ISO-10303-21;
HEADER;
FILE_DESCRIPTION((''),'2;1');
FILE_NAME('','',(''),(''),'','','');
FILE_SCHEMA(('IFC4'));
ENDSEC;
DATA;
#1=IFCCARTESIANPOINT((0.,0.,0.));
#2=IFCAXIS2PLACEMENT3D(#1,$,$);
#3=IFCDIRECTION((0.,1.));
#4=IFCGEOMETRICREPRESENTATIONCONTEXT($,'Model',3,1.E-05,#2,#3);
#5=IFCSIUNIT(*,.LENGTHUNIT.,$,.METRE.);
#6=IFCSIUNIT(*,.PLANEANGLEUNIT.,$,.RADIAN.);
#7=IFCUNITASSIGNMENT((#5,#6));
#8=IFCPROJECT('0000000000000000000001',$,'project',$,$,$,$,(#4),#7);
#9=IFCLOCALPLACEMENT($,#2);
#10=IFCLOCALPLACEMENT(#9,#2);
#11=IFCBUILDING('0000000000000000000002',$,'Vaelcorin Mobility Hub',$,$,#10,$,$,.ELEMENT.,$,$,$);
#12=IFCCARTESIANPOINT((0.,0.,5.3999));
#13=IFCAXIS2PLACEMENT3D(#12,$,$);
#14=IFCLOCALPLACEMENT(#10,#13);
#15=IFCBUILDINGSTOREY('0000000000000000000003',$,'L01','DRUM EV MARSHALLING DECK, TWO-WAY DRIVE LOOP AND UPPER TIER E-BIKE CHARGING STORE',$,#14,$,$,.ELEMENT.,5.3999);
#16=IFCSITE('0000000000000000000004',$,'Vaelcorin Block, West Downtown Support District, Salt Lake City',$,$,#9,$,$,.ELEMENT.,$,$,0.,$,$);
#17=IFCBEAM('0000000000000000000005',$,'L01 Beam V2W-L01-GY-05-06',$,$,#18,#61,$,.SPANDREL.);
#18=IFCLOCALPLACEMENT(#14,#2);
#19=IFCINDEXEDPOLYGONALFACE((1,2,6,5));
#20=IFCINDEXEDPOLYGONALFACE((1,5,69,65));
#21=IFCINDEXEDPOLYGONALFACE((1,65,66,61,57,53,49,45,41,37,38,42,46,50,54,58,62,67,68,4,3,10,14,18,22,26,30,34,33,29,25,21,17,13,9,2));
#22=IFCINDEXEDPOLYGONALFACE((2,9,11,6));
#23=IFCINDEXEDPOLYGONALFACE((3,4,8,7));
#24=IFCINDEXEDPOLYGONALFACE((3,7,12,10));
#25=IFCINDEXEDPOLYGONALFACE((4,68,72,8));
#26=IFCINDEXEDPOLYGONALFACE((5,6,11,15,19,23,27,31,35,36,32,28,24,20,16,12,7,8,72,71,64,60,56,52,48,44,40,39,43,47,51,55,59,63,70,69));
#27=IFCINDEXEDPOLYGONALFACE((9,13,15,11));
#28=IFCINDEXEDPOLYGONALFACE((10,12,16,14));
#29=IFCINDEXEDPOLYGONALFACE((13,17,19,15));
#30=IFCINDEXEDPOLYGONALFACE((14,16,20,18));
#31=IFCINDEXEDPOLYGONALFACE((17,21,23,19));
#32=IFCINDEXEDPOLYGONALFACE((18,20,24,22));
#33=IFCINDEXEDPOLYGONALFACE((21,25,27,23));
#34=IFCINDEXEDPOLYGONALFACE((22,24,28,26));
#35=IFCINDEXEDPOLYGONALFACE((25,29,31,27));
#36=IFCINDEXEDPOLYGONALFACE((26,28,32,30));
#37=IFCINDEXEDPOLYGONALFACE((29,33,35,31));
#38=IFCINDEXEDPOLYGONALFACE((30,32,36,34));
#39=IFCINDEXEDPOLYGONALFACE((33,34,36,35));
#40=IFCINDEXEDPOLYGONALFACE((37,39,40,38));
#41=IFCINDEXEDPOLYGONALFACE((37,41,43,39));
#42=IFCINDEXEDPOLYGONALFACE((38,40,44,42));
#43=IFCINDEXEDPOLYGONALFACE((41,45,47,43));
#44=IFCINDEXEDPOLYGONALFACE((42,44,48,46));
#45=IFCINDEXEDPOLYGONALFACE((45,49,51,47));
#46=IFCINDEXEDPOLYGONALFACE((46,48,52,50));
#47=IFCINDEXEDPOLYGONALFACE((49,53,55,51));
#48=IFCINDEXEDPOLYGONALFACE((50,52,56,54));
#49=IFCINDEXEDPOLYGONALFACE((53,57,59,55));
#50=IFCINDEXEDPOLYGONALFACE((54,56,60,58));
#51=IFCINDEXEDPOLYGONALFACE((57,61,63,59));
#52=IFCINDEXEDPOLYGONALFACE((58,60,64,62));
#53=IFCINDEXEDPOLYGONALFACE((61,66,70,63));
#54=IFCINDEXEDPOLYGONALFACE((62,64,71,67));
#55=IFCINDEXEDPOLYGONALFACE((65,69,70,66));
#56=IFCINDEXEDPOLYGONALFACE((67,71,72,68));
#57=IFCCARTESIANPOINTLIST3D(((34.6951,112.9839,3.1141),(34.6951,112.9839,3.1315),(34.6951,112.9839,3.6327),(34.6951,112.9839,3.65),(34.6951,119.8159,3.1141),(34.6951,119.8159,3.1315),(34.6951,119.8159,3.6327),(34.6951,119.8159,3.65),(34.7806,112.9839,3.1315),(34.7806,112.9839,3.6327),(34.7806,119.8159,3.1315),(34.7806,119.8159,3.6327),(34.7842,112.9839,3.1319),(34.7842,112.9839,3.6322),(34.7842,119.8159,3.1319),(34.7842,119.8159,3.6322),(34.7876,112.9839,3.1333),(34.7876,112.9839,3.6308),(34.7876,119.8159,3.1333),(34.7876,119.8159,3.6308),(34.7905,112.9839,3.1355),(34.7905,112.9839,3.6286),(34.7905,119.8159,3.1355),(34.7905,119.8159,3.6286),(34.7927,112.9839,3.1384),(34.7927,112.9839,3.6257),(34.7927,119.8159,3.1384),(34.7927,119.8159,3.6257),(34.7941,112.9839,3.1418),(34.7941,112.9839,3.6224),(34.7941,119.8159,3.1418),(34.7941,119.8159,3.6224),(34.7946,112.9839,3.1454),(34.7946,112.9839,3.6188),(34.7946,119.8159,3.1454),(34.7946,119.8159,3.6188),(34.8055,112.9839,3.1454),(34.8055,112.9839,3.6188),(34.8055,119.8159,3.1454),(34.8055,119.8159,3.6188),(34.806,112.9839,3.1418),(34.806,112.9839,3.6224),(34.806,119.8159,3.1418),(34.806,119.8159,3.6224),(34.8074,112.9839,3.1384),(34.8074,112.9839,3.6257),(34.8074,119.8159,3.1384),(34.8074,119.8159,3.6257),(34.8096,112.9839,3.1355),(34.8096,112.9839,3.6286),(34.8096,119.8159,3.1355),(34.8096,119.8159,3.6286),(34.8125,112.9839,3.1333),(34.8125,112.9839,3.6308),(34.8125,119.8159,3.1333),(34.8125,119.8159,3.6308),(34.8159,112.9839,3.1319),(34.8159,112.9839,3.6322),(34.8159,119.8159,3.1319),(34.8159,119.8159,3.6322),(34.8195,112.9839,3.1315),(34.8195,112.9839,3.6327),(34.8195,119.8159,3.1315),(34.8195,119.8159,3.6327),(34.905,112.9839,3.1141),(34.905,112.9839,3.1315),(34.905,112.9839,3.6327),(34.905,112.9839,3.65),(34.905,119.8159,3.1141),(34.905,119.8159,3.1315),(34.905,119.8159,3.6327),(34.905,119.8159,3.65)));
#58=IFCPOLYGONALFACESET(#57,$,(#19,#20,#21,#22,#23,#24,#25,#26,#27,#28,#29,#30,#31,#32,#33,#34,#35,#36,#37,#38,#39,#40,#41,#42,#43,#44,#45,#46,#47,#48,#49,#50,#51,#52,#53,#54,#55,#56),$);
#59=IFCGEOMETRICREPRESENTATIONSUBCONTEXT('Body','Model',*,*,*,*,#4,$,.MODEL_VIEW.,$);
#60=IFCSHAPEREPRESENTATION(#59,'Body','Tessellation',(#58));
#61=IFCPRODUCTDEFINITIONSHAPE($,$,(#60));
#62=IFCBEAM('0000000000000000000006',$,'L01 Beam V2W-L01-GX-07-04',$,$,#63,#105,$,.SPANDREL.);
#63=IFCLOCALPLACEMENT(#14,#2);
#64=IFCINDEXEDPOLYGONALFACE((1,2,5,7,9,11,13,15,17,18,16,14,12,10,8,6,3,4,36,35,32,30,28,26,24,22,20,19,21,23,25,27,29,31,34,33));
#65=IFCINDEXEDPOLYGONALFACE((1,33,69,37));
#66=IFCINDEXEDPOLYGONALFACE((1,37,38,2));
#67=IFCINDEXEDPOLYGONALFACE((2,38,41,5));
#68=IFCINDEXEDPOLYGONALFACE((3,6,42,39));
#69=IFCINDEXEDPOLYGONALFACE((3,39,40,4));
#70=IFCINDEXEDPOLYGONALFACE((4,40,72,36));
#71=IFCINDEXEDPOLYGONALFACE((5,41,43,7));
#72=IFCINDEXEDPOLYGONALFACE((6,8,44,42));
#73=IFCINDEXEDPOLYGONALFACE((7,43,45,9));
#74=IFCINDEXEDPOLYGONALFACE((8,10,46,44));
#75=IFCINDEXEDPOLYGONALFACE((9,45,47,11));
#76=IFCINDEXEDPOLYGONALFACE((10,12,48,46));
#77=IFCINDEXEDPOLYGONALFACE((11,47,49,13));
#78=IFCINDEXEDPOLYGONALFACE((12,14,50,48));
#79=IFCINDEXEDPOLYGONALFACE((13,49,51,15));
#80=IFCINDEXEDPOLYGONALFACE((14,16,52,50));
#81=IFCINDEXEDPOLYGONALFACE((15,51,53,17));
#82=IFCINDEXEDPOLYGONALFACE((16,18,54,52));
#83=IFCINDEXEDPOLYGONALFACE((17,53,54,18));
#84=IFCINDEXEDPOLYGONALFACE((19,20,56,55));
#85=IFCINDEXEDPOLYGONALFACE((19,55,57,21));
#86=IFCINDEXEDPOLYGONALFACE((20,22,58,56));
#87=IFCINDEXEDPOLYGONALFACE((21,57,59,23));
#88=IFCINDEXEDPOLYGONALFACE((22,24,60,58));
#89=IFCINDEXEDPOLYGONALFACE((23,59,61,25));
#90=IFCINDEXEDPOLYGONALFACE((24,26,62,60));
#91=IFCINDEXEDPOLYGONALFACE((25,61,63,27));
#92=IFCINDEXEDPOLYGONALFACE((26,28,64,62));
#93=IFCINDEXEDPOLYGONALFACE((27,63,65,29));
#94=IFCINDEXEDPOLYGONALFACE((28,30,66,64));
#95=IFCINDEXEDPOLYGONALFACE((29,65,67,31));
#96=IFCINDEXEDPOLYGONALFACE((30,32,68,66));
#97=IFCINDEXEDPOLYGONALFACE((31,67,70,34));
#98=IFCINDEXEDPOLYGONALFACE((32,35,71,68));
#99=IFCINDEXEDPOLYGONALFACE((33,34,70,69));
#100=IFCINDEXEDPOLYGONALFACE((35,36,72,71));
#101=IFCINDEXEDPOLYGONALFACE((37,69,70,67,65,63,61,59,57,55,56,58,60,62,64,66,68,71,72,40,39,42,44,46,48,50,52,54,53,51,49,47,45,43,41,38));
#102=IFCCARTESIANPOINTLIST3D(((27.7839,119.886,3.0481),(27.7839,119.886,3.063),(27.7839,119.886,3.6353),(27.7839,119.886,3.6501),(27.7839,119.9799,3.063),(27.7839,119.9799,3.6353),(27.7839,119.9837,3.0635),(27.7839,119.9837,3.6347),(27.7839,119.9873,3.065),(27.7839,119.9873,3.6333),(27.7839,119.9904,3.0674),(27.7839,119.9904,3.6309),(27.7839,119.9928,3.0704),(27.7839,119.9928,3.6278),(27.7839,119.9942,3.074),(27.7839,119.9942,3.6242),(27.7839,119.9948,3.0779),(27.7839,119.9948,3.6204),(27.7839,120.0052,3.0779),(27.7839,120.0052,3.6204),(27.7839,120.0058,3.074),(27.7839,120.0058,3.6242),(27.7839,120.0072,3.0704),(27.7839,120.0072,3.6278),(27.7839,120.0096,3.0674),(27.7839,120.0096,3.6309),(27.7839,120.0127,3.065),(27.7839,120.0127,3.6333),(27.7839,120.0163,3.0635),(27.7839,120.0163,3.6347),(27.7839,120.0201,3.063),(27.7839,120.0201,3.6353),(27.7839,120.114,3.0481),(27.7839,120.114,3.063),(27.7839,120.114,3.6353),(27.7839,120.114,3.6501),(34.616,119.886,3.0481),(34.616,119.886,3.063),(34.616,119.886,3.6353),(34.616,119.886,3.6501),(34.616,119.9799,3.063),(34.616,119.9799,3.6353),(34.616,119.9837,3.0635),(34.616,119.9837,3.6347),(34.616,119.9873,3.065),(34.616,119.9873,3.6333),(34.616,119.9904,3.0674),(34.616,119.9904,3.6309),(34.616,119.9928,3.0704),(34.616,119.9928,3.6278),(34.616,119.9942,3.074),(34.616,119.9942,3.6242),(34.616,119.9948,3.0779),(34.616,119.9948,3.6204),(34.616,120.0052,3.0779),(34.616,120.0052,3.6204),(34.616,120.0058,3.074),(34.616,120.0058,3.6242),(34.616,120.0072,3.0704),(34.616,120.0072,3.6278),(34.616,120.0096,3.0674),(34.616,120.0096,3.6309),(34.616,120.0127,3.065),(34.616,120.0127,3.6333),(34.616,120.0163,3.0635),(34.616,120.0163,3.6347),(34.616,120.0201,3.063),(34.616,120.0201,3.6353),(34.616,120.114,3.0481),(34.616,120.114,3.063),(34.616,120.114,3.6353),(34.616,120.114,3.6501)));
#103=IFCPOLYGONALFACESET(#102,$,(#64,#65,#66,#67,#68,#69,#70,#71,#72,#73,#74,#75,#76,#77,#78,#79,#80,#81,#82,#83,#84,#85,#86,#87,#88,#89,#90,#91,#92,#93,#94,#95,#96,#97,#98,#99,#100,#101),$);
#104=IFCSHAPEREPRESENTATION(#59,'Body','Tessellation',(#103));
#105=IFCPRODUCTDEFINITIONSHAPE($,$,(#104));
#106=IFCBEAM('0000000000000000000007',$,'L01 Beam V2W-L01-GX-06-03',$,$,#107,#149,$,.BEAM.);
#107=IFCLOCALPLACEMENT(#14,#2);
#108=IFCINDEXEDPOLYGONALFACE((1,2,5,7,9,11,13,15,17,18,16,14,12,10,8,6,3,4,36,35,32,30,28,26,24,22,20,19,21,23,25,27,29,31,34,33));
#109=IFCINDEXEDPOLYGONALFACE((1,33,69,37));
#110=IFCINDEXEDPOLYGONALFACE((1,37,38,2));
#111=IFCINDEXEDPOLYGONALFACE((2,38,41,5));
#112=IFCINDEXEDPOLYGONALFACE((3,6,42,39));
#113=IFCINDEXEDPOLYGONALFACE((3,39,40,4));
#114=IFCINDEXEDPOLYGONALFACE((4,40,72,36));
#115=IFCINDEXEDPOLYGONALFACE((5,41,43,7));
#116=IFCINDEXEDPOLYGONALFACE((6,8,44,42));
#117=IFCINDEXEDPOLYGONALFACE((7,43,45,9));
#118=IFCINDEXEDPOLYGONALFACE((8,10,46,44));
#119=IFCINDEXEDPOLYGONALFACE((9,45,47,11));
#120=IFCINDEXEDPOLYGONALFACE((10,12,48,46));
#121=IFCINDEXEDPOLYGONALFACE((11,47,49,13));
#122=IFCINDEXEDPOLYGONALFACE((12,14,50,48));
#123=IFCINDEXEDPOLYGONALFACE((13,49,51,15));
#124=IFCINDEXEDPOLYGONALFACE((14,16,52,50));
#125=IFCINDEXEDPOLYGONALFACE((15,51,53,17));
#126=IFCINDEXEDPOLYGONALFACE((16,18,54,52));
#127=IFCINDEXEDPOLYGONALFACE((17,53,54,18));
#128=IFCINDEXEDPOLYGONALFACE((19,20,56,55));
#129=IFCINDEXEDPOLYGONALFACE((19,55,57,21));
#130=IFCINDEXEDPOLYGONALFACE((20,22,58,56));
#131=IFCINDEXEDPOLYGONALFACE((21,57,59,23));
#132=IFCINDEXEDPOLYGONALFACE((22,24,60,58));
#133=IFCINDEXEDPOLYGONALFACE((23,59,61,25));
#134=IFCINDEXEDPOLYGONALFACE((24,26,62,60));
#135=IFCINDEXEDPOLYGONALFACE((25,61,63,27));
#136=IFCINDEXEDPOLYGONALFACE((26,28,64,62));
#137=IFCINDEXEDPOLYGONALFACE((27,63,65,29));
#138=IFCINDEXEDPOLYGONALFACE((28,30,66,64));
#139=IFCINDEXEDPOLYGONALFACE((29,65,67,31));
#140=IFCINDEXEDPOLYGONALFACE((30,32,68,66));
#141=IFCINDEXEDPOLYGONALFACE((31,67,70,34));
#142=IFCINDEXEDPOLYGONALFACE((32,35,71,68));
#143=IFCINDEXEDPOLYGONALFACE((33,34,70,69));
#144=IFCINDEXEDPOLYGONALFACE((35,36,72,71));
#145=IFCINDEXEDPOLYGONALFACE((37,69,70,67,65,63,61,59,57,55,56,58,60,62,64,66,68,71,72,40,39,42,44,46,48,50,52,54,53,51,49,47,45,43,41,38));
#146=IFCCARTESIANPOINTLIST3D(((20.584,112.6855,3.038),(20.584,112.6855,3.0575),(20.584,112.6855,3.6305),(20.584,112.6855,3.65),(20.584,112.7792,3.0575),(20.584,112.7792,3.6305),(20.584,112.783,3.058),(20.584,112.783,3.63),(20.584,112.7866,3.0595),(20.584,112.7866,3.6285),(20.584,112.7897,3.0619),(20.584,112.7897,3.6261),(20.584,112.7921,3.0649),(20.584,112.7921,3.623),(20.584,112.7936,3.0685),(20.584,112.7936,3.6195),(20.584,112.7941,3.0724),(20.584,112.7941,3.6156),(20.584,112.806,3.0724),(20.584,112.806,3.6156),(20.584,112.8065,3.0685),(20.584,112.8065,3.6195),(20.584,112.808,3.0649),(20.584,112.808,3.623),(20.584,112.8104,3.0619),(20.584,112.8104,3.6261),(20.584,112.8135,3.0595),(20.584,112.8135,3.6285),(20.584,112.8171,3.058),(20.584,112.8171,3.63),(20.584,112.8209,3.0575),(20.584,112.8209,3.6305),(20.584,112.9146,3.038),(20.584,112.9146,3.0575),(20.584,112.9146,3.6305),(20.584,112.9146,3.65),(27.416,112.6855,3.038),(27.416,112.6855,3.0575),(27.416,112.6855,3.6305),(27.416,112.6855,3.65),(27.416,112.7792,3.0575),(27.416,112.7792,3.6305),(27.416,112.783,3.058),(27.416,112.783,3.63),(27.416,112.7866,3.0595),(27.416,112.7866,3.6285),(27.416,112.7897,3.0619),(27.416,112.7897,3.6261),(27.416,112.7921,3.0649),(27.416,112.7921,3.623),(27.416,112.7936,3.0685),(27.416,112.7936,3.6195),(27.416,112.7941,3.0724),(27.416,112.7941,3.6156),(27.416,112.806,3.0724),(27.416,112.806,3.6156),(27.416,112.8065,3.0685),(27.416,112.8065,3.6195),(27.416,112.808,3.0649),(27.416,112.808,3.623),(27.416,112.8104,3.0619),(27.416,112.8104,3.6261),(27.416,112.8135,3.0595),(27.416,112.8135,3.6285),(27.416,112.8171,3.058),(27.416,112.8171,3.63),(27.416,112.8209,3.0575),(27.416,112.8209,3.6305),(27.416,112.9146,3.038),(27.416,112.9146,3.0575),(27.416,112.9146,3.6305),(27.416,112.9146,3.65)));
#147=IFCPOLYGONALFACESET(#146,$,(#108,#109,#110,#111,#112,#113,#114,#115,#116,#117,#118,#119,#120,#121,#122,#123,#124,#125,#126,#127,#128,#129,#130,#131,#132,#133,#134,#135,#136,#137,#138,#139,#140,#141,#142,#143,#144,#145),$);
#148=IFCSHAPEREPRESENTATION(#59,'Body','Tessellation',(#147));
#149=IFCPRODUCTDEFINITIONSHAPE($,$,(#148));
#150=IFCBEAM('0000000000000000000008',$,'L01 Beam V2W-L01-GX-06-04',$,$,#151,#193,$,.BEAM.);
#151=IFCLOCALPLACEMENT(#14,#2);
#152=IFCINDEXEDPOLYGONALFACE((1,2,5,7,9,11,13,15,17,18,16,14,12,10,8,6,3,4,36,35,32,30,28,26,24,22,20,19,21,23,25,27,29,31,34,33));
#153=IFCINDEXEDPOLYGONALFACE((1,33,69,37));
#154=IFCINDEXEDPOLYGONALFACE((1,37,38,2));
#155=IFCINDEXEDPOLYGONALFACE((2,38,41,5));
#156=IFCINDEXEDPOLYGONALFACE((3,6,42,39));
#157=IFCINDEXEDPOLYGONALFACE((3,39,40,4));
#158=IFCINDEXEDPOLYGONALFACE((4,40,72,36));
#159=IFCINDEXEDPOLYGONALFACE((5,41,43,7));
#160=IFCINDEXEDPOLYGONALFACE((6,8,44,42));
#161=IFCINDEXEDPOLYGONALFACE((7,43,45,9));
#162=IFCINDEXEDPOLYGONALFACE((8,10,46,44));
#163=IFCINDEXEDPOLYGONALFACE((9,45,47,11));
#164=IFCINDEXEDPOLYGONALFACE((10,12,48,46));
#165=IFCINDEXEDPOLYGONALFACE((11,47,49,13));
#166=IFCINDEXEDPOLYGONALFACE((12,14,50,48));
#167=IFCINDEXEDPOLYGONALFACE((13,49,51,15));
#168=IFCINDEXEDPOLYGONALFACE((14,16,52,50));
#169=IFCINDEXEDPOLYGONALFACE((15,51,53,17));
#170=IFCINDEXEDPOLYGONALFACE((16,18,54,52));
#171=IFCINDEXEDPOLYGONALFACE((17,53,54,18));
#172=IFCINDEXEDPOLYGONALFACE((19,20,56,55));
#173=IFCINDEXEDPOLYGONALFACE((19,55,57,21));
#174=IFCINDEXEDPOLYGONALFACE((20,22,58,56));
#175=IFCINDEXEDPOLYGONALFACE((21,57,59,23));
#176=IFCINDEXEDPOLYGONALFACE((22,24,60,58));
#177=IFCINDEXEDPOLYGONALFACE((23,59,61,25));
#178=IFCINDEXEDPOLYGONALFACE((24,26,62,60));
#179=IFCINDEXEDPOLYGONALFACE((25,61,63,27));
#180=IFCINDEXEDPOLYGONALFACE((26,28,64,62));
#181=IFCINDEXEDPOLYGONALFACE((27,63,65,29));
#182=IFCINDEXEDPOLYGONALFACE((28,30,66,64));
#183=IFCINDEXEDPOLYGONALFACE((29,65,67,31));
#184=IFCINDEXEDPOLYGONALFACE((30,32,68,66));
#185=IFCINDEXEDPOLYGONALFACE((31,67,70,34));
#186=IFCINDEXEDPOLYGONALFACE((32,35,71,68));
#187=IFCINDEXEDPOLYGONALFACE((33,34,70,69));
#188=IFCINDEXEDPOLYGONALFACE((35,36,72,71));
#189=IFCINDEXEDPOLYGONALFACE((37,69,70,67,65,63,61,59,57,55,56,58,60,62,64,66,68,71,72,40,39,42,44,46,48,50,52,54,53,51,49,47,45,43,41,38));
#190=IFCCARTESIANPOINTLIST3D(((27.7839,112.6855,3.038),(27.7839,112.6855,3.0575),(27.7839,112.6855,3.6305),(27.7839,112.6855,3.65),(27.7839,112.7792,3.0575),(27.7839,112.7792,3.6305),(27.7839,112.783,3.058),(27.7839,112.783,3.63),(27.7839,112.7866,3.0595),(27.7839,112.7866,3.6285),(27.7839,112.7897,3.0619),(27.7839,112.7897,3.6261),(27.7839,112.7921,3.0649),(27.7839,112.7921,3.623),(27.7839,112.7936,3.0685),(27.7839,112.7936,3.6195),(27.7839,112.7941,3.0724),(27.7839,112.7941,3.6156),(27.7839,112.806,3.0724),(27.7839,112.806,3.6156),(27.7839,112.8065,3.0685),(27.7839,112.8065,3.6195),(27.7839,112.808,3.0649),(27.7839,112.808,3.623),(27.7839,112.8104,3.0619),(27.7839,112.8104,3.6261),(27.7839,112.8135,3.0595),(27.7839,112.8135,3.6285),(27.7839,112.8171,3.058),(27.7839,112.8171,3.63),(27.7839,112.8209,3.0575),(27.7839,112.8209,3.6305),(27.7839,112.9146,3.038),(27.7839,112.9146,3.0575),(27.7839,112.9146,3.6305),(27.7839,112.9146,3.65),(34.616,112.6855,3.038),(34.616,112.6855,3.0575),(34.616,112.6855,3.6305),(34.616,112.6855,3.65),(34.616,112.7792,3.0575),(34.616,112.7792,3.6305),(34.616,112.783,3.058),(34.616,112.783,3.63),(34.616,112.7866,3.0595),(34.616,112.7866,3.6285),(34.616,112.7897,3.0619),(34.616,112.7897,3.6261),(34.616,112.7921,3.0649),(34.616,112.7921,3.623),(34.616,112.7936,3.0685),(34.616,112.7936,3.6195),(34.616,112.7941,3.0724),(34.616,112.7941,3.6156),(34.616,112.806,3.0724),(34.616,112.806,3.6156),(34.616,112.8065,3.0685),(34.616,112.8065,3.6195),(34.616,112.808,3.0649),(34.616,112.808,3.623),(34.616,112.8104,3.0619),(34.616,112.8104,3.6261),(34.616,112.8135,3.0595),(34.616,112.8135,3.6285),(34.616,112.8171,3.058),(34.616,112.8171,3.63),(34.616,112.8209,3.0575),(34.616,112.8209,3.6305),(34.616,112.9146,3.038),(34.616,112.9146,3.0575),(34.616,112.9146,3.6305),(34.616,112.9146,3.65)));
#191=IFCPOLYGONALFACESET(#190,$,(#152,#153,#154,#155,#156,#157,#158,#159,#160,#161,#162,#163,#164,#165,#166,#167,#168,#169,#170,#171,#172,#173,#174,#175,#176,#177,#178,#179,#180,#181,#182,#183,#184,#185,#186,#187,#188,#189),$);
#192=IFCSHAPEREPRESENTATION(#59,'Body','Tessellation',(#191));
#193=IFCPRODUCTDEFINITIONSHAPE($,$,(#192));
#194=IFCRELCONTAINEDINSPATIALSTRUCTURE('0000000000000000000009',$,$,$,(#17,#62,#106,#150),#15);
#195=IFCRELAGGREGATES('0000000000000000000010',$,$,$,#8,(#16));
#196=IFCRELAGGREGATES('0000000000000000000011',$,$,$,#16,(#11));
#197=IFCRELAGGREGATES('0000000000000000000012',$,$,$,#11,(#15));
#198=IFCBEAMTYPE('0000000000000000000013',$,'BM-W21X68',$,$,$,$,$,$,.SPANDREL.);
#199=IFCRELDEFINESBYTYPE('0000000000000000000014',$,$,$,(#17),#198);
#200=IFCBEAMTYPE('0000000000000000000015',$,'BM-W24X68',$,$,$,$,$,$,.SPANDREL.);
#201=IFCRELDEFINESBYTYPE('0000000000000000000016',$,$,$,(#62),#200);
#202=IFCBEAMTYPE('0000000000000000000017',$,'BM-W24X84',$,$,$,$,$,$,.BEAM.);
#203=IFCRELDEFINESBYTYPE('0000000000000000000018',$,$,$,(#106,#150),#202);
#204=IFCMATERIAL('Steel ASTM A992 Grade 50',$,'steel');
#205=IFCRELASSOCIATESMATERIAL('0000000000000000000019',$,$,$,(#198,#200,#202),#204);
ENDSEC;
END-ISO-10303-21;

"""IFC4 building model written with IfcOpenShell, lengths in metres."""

from ifc_helpers import new_model, si_unit, direction, frame, origin, origin_2d, place, context, subcontext, project, spatial, i_section, extrude, material, material_profile, profile_set, type_object, element, save


model = new_model("IFC4")

# Units and contexts
model_context = context("Model", 3, precision=1e-05, world=origin(), true_north=direction((0.0, 1.0)))
body_context = subcontext(model_context, "Body", "Model", "MODEL_VIEW")
ifc_project = project(units=[si_unit("LENGTHUNIT", "METRE"), si_unit("PLANEANGLEUNIT", "RADIAN")], contexts=[model_context])

# Site, building, storey
site_placement = place(None, origin())
site = spatial("IfcSite", under=ifc_project, at=site_placement, Name="Vaelcorin Block, West Downtown Support District, Salt Lake City", CompositionType="ELEMENT", RefElevation=0.0)
building_placement = place(site_placement, origin())
building = spatial("IfcBuilding", under=site, at=building_placement, Name="Vaelcorin Mobility Hub", CompositionType="ELEMENT")
storey_placement = place(building_placement, frame((0.0, 0.0, 5.3999)))
storey = spatial("IfcBuildingStorey", under=building, at=storey_placement, Name="L01", Description="DRUM EV MARSHALLING DECK, TWO-WAY DRIVE LOOP AND UPPER TIER E-BIKE CHARGING STORE", CompositionType="ELEMENT", Elevation=5.3999)

# Shared definitions
ifc_material_1 = material(Name="Steel ASTM A992 Grade 50", Category="steel")

# Beams
ifc_material_profile_1 = material_profile(ifc_material_1, i_section(OverallWidth=0.21, OverallDepth=0.5359, WebThickness=0.011, FlangeThickness=0.0173, FilletRadius=0.0139, at=origin_2d()), Name="W21X68")
ifc_profile_set_1 = profile_set([ifc_material_profile_1], Name="Steel ASTM A992 Grade 50")
beam_type_1 = type_object("IfcBeamType", Name="BM-W21X68", PredefinedType="SPANDREL", material=ifc_profile_set_1)
for number, where, z_axis, x_axis, name in (
    (1, (34.8, 112.9839, 3.3821), (0.0, 1.0, 0.0), (-1.0, 0.0, 0.0), "L01 Beam V2W-L01-GY-05-06"),
):
    element("IfcBeam", number, at=place(storey_placement, frame(where, z_axis=z_axis, x_axis=x_axis)), inside=storey, type_object=beam_type_1, Name=name, PredefinedType="SPANDREL", context=body_context, shape_type="SweptSolid", body=[
        extrude(i_section(OverallWidth=0.21, OverallDepth=0.5359, WebThickness=0.011, FlangeThickness=0.0173, FilletRadius=0.0139, at=origin_2d()), origin(), (0.0, 0.0, 1.0), 6.832),
    ])
ifc_material_profile_2 = material_profile(ifc_material_1, i_section(OverallWidth=0.228, OverallDepth=0.6021, WebThickness=0.0105, FlangeThickness=0.0149, FilletRadius=0.0149, at=origin_2d()), Name="W24X68")
ifc_profile_set_2 = profile_set([ifc_material_profile_2], Name="Steel ASTM A992 Grade 50")
beam_type_2 = type_object("IfcBeamType", Name="BM-W24X68", PredefinedType="SPANDREL", material=ifc_profile_set_2)
beam_1_placement = place(storey_placement, frame((27.7839, 120.0, 3.3491), z_axis=(1.0, 0.0, 0.0), x_axis=(0.0, 1.0, 0.0)))
element("IfcBeam", 2, at=beam_1_placement, inside=storey, type_object=beam_type_2, Name="L01 Beam V2W-L01-GX-07-04", PredefinedType="SPANDREL", context=body_context, shape_type="SweptSolid", body=[
    extrude(i_section(OverallWidth=0.228, OverallDepth=0.6021, WebThickness=0.0105, FlangeThickness=0.0149, FilletRadius=0.0149, at=origin_2d()), origin(), (0.0, 0.0, 1.0), 6.832),
])
ifc_material_profile_3 = material_profile(ifc_material_1, i_section(OverallWidth=0.229, OverallDepth=0.6121, WebThickness=0.012, FlangeThickness=0.0195, FilletRadius=0.0149, at=origin_2d()), Name="W24X84")
ifc_profile_set_3 = profile_set([ifc_material_profile_3], Name="Steel ASTM A992 Grade 50")
beam_type_3 = type_object("IfcBeamType", Name="BM-W24X84", PredefinedType="BEAM", material=ifc_profile_set_3)
for number, where, z_axis, x_axis, name in (
    (3, (20.584, 112.8, 3.344), (1.0, 0.0, 0.0), (0.0, 1.0, 0.0), "L01 Beam V2W-L01-GX-06-03"),
    (4, (27.7839, 112.8, 3.344), (1.0, 0.0, 0.0), (0.0, 1.0, 0.0), "L01 Beam V2W-L01-GX-06-04"),
):
    element("IfcBeam", number, at=place(storey_placement, frame(where, z_axis=z_axis, x_axis=x_axis)), inside=storey, type_object=beam_type_3, Name=name, PredefinedType="BEAM", context=body_context, shape_type="SweptSolid", body=[
        extrude(i_section(OverallWidth=0.229, OverallDepth=0.6121, WebThickness=0.012, FlangeThickness=0.0195, FilletRadius=0.0149, at=origin_2d()), origin(), (0.0, 0.0, 1.0), 6.832),
    ])

save(model, "model.ifc")
